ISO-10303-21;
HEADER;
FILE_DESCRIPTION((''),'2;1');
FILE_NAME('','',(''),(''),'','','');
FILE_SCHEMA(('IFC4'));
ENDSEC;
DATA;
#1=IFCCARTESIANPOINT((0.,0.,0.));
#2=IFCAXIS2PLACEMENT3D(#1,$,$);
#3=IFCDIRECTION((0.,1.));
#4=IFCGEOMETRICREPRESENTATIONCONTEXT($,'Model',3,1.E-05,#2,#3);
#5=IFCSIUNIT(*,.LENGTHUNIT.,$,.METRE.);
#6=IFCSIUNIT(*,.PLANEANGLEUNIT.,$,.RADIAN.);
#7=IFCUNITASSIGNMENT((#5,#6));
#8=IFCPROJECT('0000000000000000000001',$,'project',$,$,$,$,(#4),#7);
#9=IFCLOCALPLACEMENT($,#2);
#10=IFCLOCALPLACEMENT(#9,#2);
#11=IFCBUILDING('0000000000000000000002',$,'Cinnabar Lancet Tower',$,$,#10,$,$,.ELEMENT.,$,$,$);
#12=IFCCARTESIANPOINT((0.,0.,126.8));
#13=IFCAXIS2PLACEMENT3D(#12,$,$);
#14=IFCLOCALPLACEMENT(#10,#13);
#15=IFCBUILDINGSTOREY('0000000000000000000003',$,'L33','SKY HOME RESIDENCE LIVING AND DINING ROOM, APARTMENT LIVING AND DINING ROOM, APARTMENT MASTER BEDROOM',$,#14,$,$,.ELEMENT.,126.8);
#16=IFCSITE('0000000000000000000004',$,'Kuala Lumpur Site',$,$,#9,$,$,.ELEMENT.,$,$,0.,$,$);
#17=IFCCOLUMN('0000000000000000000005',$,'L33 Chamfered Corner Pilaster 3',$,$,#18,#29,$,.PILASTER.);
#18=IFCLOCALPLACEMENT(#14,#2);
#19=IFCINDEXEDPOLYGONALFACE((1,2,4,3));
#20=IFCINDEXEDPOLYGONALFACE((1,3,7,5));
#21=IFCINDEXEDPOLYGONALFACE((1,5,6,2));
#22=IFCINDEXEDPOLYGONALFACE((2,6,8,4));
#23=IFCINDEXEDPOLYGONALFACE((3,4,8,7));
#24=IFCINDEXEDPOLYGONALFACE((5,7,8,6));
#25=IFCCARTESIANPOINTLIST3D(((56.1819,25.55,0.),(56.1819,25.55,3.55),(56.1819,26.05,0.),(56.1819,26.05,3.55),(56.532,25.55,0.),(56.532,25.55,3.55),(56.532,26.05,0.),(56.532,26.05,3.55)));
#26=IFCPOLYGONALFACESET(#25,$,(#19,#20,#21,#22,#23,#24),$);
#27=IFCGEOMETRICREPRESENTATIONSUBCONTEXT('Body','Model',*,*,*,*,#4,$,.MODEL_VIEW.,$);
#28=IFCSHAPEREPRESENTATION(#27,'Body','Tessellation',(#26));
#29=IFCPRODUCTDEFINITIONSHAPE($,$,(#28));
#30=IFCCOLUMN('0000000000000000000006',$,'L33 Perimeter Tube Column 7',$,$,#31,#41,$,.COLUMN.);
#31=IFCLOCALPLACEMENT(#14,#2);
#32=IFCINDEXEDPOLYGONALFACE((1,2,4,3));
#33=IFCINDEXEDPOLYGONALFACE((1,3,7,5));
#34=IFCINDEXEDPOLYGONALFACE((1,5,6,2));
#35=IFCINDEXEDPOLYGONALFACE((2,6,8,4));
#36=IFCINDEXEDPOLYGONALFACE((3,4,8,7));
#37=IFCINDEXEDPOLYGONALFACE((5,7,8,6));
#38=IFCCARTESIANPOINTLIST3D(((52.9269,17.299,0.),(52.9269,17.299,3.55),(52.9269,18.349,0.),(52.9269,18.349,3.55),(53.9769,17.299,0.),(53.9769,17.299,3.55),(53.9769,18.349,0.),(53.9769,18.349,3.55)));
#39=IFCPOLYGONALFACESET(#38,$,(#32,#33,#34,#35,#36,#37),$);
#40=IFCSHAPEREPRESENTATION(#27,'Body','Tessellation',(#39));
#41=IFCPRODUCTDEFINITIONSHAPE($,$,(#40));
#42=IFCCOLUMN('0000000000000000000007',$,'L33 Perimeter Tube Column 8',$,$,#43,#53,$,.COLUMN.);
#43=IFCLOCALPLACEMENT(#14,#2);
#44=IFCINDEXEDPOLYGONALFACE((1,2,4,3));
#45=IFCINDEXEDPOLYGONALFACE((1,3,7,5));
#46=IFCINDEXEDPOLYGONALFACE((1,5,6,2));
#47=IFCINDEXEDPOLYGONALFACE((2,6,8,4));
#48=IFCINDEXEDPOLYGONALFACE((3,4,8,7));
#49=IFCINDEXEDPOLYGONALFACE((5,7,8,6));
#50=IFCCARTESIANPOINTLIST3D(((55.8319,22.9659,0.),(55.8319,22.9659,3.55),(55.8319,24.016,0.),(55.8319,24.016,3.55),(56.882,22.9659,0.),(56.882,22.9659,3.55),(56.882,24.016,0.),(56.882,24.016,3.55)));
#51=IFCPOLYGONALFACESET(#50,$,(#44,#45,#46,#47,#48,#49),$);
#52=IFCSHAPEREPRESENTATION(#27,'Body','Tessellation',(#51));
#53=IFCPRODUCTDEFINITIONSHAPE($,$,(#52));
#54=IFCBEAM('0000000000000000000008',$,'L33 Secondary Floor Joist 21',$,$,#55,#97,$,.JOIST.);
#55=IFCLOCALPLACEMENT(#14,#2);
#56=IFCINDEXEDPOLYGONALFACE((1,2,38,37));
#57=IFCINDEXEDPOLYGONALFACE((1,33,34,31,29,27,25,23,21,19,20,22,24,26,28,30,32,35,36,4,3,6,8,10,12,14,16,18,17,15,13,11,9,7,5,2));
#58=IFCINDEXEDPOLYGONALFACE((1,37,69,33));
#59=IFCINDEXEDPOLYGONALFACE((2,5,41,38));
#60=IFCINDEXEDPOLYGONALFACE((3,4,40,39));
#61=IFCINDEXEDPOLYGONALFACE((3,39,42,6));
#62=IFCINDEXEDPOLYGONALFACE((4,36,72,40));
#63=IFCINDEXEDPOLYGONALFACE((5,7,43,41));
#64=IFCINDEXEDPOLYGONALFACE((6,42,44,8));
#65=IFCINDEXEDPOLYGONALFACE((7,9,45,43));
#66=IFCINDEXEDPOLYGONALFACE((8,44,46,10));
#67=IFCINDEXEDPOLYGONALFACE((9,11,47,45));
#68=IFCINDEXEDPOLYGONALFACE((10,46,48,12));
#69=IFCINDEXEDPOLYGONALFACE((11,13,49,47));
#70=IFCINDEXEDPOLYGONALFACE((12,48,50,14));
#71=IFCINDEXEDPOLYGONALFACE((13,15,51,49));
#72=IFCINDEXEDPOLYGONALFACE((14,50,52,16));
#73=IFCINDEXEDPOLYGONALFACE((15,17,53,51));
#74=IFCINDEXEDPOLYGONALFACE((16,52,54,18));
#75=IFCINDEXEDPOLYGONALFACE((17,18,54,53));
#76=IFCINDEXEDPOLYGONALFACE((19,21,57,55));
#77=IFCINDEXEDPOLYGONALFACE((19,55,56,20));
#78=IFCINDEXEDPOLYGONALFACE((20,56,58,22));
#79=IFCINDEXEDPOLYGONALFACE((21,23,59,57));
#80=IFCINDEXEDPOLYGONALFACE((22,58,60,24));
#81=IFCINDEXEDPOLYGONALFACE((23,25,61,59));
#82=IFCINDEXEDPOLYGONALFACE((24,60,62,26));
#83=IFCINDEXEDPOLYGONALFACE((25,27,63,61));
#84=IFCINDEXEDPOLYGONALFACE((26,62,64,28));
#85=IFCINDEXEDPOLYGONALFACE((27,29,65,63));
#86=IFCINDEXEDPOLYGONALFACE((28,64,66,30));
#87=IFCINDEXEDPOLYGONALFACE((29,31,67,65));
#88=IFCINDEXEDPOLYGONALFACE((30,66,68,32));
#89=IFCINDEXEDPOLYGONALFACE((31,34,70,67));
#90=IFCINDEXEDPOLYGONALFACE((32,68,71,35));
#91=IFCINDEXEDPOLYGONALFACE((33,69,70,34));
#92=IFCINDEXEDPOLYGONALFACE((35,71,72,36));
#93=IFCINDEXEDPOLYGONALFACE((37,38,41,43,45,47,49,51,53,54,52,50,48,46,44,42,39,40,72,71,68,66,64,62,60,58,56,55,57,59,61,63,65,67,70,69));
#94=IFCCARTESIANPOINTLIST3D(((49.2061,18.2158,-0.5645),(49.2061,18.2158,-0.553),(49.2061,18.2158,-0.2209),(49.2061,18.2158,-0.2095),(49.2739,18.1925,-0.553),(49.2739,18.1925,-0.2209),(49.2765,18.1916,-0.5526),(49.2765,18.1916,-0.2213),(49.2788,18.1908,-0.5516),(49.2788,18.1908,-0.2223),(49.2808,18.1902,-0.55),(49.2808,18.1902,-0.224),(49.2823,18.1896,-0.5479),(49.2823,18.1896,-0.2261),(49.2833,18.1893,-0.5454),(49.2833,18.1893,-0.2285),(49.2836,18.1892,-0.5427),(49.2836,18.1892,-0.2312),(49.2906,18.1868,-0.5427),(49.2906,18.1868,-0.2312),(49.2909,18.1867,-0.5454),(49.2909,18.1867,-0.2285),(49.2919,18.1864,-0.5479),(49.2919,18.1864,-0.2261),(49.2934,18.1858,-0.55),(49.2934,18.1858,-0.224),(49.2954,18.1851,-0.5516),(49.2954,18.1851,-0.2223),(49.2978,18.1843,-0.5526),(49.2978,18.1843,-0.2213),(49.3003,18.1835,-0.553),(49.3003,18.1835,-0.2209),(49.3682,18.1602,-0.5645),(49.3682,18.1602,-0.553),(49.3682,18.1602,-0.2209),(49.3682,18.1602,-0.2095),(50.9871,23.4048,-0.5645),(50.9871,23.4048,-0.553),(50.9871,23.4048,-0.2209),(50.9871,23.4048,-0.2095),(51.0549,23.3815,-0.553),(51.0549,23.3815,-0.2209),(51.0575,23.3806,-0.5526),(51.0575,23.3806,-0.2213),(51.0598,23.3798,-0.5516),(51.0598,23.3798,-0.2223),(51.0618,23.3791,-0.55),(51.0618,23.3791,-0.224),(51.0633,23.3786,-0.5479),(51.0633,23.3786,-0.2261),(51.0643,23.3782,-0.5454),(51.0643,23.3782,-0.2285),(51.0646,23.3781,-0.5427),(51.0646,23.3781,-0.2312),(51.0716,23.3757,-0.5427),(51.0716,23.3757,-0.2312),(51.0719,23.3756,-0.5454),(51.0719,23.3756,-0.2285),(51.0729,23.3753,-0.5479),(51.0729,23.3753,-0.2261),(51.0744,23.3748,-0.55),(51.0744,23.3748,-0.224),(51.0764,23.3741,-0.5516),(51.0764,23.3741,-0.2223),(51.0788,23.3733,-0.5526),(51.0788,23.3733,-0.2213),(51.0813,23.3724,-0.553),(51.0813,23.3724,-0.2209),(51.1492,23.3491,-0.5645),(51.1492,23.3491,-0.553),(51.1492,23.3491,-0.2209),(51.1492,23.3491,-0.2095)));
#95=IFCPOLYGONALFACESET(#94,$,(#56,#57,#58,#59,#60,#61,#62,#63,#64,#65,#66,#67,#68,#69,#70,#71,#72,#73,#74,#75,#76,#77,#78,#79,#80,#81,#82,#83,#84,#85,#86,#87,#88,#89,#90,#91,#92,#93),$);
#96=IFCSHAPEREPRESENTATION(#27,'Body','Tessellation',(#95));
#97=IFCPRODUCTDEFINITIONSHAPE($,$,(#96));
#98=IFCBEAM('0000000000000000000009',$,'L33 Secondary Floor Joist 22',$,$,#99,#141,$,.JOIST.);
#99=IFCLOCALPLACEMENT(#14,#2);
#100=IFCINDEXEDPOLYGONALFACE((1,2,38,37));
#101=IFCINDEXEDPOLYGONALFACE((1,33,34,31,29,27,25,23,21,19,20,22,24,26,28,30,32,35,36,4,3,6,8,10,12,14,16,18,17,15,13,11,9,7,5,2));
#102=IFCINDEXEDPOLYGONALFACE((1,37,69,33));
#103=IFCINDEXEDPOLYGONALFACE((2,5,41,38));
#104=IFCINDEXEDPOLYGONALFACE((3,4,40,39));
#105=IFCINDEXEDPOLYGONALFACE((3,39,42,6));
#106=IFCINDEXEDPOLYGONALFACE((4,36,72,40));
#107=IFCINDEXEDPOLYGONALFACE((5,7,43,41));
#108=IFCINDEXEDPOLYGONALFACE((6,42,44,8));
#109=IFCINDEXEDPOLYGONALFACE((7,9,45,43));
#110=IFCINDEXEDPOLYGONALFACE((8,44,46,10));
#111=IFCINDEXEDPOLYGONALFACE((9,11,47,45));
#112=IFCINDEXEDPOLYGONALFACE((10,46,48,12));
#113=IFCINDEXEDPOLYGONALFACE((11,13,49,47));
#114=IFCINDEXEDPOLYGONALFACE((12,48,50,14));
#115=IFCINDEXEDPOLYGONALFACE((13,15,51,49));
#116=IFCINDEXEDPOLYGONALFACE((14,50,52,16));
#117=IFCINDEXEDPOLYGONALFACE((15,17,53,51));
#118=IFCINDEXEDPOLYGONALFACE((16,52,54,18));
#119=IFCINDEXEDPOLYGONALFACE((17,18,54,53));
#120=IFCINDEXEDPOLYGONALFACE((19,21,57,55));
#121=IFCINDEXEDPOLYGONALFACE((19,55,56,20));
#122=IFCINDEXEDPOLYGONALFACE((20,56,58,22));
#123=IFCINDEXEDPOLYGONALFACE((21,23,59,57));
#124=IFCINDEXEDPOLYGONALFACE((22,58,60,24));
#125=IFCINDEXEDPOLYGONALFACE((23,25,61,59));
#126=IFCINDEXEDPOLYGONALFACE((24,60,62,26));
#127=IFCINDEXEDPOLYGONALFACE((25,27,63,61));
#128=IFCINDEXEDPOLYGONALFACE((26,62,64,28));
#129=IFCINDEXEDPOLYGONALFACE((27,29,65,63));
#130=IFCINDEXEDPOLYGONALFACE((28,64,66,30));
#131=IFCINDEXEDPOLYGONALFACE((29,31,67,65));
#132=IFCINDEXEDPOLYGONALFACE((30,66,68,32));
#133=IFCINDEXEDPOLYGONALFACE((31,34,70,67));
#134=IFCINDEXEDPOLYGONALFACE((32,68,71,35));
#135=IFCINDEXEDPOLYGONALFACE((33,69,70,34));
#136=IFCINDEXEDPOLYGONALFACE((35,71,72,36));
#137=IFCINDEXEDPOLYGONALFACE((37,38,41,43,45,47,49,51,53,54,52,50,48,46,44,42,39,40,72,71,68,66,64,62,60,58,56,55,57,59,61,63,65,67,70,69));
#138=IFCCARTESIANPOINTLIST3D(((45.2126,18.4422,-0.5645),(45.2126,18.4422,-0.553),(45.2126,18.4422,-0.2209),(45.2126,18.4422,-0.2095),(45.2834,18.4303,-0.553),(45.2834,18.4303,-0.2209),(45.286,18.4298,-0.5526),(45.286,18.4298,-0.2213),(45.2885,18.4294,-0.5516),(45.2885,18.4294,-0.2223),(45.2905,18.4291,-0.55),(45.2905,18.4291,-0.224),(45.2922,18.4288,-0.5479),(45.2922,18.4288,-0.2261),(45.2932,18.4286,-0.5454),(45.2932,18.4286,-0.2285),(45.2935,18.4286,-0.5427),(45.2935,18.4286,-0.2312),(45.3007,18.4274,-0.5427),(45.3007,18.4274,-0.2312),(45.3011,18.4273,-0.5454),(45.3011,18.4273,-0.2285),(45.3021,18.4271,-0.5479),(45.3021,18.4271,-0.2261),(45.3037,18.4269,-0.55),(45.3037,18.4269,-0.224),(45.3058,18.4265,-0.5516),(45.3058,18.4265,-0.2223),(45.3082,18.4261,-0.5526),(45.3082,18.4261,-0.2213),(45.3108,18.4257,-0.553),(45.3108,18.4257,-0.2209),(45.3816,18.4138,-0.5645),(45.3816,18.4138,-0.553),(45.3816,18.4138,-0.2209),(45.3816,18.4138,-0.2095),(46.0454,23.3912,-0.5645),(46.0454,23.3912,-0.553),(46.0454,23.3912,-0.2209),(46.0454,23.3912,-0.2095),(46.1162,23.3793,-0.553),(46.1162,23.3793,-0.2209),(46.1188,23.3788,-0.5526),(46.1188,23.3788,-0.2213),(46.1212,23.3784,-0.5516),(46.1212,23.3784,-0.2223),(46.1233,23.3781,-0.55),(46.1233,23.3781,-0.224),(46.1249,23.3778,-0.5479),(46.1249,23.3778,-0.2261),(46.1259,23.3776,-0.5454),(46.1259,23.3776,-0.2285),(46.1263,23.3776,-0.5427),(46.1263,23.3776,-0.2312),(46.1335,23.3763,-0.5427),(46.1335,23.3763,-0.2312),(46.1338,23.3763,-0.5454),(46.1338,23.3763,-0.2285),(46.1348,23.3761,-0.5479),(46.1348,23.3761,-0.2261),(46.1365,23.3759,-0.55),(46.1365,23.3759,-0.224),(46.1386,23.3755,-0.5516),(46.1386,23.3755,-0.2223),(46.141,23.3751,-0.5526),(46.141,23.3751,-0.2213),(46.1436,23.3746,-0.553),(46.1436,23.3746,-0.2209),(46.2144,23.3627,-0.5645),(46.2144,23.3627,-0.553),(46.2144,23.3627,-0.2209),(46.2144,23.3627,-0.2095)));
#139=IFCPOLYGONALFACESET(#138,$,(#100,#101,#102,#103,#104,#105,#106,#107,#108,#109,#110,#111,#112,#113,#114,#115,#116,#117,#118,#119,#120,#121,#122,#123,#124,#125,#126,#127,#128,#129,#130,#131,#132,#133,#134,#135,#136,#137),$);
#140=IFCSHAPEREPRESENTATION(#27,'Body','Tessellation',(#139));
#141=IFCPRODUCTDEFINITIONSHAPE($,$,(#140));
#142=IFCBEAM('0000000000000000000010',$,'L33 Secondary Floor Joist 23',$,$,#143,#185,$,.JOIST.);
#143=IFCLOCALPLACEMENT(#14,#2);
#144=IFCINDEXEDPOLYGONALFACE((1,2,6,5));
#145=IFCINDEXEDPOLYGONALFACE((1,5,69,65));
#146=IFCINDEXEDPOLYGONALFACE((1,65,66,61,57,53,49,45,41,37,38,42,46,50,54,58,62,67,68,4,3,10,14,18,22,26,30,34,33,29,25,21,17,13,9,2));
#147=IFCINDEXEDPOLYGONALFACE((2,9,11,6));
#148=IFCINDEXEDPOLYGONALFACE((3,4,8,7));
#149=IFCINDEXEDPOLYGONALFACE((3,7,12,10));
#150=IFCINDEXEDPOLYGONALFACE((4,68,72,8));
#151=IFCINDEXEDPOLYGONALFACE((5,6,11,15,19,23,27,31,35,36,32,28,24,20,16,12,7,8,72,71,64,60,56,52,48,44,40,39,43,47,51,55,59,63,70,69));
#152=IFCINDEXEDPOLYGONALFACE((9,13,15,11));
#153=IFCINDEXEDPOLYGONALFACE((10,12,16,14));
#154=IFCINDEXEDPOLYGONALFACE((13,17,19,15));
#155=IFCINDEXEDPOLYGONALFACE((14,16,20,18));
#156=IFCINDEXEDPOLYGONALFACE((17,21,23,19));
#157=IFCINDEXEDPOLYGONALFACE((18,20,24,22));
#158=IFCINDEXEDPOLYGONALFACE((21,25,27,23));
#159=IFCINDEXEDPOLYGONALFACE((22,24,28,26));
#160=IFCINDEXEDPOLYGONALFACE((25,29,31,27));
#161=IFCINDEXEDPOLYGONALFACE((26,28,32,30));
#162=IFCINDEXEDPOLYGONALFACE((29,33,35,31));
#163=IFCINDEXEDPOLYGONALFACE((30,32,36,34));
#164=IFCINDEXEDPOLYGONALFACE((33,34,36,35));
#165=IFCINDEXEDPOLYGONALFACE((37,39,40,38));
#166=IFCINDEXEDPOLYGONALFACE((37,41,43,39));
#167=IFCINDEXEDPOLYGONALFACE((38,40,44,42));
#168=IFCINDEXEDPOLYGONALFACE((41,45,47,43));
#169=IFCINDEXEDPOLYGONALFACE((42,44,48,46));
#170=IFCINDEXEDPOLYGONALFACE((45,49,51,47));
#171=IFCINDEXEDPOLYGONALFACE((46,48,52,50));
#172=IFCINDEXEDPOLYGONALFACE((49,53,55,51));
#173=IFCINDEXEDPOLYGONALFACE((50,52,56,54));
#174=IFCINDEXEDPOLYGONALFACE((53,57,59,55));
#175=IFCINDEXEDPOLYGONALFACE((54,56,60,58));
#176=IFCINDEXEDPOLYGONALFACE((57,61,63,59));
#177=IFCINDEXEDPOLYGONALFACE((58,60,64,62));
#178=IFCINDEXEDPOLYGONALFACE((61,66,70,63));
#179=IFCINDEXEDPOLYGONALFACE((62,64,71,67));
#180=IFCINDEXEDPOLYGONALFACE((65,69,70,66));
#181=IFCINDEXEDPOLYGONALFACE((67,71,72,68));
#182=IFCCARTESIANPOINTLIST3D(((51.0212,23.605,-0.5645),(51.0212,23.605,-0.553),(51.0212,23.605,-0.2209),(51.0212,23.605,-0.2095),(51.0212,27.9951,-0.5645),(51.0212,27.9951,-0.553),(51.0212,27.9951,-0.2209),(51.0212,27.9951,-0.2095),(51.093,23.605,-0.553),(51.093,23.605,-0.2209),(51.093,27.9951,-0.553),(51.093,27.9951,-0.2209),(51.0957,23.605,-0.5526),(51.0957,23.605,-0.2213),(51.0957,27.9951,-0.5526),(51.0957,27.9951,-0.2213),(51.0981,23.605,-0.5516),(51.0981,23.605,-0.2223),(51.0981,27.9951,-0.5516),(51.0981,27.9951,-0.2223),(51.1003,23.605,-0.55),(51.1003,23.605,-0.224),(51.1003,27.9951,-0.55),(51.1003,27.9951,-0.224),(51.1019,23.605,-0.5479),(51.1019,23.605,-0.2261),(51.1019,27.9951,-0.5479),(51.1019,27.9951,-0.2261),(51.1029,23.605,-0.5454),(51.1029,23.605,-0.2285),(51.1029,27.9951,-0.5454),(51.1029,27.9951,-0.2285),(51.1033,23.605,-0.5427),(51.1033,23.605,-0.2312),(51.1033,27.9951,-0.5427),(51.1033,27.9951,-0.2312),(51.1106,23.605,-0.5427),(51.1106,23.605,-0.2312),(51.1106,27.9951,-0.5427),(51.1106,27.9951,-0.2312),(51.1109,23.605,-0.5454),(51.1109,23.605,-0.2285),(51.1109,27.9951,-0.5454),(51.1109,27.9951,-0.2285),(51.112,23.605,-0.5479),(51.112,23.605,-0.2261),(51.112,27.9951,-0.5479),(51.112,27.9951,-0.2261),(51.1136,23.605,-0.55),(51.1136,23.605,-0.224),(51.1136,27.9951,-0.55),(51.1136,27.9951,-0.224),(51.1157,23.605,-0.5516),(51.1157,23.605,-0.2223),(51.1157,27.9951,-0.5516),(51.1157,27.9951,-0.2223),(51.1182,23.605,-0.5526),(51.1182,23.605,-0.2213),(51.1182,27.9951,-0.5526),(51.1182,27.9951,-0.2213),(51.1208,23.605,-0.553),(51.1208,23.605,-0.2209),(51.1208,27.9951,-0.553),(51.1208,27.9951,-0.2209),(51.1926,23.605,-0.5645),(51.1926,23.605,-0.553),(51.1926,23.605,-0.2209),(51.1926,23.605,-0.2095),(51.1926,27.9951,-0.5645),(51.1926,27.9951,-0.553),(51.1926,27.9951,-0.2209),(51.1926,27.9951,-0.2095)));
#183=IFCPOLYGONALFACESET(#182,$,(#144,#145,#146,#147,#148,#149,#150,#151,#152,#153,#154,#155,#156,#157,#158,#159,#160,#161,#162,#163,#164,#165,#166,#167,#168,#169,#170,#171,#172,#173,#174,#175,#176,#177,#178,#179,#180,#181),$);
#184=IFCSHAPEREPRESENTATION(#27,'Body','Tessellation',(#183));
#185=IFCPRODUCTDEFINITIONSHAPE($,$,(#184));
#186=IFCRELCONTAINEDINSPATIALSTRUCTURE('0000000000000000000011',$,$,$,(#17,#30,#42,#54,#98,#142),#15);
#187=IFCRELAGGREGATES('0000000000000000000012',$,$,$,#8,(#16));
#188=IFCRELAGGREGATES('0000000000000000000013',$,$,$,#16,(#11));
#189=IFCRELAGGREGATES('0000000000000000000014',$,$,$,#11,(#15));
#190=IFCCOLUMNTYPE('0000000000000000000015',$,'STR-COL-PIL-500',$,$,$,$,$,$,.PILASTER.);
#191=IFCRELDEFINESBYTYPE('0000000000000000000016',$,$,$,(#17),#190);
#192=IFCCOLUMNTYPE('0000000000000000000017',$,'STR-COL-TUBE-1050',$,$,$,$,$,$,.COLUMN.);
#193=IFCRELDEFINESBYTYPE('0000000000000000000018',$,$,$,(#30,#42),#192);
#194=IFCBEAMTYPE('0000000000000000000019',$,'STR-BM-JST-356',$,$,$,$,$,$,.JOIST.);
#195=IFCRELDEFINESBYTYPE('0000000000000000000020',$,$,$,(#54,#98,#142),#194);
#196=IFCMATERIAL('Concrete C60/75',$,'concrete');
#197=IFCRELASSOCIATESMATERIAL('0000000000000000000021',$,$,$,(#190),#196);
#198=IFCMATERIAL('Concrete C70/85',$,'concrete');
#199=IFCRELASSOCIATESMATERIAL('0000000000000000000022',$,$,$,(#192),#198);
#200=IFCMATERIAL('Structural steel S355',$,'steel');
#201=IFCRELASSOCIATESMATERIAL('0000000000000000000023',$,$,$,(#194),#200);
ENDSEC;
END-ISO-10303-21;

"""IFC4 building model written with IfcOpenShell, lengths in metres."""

from ifc_helpers import new_model, si_unit, direction, frame, origin, origin_2d, place, context, subcontext, project, spatial, rectangle, i_section, extrude, material, material_profile, profile_set, type_object, element, save


model = new_model("IFC4")

# Units and contexts
model_context = context("Model", 3, precision=1e-05, world=origin(), true_north=direction((0.0, 1.0)))
body_context = subcontext(model_context, "Body", "Model", "MODEL_VIEW")
ifc_project = project(units=[si_unit("LENGTHUNIT", "METRE"), si_unit("PLANEANGLEUNIT", "RADIAN")], contexts=[model_context])

# Site, building, storey
site_placement = place(None, origin())
site = spatial("IfcSite", under=ifc_project, at=site_placement, Name="Kuala Lumpur Site", CompositionType="ELEMENT", RefElevation=0.0)
building_placement = place(site_placement, origin())
building = spatial("IfcBuilding", under=site, at=building_placement, Name="Cinnabar Lancet Tower", CompositionType="ELEMENT")
storey_placement = place(building_placement, frame((0.0, 0.0, 126.8)))
storey = spatial("IfcBuildingStorey", under=building, at=storey_placement, Name="L33", Description="SKY HOME RESIDENCE LIVING AND DINING ROOM, APARTMENT LIVING AND DINING ROOM, APARTMENT MASTER BEDROOM", CompositionType="ELEMENT", Elevation=126.8)

# Columns
ifc_material_1 = material(Name="Concrete C60/75", Category="concrete")
ifc_material_profile_1 = material_profile(ifc_material_1, rectangle(XDim=0.5, YDim=0.3501, at=origin_2d()), Name="RC-PIL 500x350")
ifc_profile_set_1 = profile_set([ifc_material_profile_1], Name="Concrete C60/75")
column_type_1 = type_object("IfcColumnType", Name="STR-COL-PIL-500", PredefinedType="PILASTER", material=ifc_profile_set_1)
column_placement = place(storey_placement, frame((56.3569, 25.8, 0.0), z_axis=(0.0, 0.0, 1.0), x_axis=(0.0, 1.0, 0.0)))
element("IfcColumn", 1, at=column_placement, inside=storey, type_object=column_type_1, Name="L33 Chamfered Corner Pilaster 3", PredefinedType="PILASTER", context=body_context, shape_type="SweptSolid", body=[
    extrude(rectangle(XDim=0.5, YDim=0.3501, at=origin_2d()), origin(), (0.0, 0.0, 1.0), 3.55),
])
ifc_material_2 = material(Name="Concrete C70/85", Category="concrete")
ifc_material_profile_2 = material_profile(ifc_material_2, rectangle(XDim=1.05, YDim=1.05, at=origin_2d()), Name="RC-COL 1050x1050")
ifc_profile_set_2 = profile_set([ifc_material_profile_2], Name="Concrete C70/85")
column_type_2 = type_object("IfcColumnType", Name="STR-COL-TUBE-1050", PredefinedType="COLUMN", material=ifc_profile_set_2)
for number, where, z_axis, x_axis, name in (
    (2, (53.4519, 17.824, 0.0), (0.0, 0.0, 1.0), (1.0, 0.0, 0.0), "L33 Perimeter Tube Column 7"),
    (3, (56.3569, 23.491, 0.0), (0.0, 0.0, 1.0), (1.0, 0.0, 0.0), "L33 Perimeter Tube Column 8"),
):
    element("IfcColumn", number, at=place(storey_placement, frame(where, z_axis=z_axis, x_axis=x_axis)), inside=storey, type_object=column_type_2, Name=name, PredefinedType="COLUMN", context=body_context, shape_type="SweptSolid", body=[
        extrude(rectangle(XDim=1.05, YDim=1.05, at=origin_2d()), origin(), (0.0, 0.0, 1.0), 3.55),
    ])

# Beams
ifc_material_3 = material(Name="Structural steel S355", Category="steel")
ifc_material_profile_3 = material_profile(ifc_material_3, i_section(OverallWidth=0.1714, OverallDepth=0.355, WebThickness=0.0073, FlangeThickness=0.0115, FilletRadius=0.0103, at=origin_2d()), Name="UKB 356x171x51")
ifc_profile_set_3 = profile_set([ifc_material_profile_3], Name="Structural steel S355")
beam_type_1 = type_object("IfcBeamType", Name="STR-BM-JST-356", PredefinedType="JOIST", material=ifc_profile_set_3)
beam_1_placement = place(storey_placement, frame((49.2871, 18.188, -0.387), z_axis=(0.324639, 0.945838, 0.0), x_axis=(-0.945838, 0.324639, 0.0)))
element("IfcBeam", 4, at=beam_1_placement, inside=storey, type_object=beam_type_1, Name="L33 Secondary Floor Joist 21", PredefinedType="JOIST", context=body_context, shape_type="SweptSolid", body=[
    extrude(i_section(OverallWidth=0.1714, OverallDepth=0.355, WebThickness=0.0073, FlangeThickness=0.0115, FilletRadius=0.0103, at=origin_2d()), origin(), (0.0, 0.0, 1.0), 5.4861),
])
beam_2_placement = place(storey_placement, frame((45.2971, 18.428, -0.387), z_axis=(0.165937, 0.986136, 0.0), x_axis=(-0.986136, 0.165937, 0.0)))
element("IfcBeam", 5, at=beam_2_placement, inside=storey, type_object=beam_type_1, Name="L33 Secondary Floor Joist 22", PredefinedType="JOIST", context=body_context, shape_type="SweptSolid", body=[
    extrude(i_section(OverallWidth=0.1714, OverallDepth=0.355, WebThickness=0.0073, FlangeThickness=0.0115, FilletRadius=0.0103, at=origin_2d()), origin(), (0.0, 0.0, 1.0), 5.0186),
])
for number, where, z_axis, x_axis, name in (
    (6, (51.1069, 23.605, -0.387), (0.0, 1.0, 0.0), (-1.0, 0.0, 0.0), "L33 Secondary Floor Joist 23"),
):
    element("IfcBeam", number, at=place(storey_placement, frame(where, z_axis=z_axis, x_axis=x_axis)), inside=storey, type_object=beam_type_1, Name=name, PredefinedType="JOIST", context=body_context, shape_type="SweptSolid", body=[
        extrude(i_section(OverallWidth=0.1714, OverallDepth=0.355, WebThickness=0.0073, FlangeThickness=0.0115, FilletRadius=0.0103, at=origin_2d()), origin(), (0.0, 0.0, 1.0), 4.3901),
    ])

save(model, "model.ifc")
